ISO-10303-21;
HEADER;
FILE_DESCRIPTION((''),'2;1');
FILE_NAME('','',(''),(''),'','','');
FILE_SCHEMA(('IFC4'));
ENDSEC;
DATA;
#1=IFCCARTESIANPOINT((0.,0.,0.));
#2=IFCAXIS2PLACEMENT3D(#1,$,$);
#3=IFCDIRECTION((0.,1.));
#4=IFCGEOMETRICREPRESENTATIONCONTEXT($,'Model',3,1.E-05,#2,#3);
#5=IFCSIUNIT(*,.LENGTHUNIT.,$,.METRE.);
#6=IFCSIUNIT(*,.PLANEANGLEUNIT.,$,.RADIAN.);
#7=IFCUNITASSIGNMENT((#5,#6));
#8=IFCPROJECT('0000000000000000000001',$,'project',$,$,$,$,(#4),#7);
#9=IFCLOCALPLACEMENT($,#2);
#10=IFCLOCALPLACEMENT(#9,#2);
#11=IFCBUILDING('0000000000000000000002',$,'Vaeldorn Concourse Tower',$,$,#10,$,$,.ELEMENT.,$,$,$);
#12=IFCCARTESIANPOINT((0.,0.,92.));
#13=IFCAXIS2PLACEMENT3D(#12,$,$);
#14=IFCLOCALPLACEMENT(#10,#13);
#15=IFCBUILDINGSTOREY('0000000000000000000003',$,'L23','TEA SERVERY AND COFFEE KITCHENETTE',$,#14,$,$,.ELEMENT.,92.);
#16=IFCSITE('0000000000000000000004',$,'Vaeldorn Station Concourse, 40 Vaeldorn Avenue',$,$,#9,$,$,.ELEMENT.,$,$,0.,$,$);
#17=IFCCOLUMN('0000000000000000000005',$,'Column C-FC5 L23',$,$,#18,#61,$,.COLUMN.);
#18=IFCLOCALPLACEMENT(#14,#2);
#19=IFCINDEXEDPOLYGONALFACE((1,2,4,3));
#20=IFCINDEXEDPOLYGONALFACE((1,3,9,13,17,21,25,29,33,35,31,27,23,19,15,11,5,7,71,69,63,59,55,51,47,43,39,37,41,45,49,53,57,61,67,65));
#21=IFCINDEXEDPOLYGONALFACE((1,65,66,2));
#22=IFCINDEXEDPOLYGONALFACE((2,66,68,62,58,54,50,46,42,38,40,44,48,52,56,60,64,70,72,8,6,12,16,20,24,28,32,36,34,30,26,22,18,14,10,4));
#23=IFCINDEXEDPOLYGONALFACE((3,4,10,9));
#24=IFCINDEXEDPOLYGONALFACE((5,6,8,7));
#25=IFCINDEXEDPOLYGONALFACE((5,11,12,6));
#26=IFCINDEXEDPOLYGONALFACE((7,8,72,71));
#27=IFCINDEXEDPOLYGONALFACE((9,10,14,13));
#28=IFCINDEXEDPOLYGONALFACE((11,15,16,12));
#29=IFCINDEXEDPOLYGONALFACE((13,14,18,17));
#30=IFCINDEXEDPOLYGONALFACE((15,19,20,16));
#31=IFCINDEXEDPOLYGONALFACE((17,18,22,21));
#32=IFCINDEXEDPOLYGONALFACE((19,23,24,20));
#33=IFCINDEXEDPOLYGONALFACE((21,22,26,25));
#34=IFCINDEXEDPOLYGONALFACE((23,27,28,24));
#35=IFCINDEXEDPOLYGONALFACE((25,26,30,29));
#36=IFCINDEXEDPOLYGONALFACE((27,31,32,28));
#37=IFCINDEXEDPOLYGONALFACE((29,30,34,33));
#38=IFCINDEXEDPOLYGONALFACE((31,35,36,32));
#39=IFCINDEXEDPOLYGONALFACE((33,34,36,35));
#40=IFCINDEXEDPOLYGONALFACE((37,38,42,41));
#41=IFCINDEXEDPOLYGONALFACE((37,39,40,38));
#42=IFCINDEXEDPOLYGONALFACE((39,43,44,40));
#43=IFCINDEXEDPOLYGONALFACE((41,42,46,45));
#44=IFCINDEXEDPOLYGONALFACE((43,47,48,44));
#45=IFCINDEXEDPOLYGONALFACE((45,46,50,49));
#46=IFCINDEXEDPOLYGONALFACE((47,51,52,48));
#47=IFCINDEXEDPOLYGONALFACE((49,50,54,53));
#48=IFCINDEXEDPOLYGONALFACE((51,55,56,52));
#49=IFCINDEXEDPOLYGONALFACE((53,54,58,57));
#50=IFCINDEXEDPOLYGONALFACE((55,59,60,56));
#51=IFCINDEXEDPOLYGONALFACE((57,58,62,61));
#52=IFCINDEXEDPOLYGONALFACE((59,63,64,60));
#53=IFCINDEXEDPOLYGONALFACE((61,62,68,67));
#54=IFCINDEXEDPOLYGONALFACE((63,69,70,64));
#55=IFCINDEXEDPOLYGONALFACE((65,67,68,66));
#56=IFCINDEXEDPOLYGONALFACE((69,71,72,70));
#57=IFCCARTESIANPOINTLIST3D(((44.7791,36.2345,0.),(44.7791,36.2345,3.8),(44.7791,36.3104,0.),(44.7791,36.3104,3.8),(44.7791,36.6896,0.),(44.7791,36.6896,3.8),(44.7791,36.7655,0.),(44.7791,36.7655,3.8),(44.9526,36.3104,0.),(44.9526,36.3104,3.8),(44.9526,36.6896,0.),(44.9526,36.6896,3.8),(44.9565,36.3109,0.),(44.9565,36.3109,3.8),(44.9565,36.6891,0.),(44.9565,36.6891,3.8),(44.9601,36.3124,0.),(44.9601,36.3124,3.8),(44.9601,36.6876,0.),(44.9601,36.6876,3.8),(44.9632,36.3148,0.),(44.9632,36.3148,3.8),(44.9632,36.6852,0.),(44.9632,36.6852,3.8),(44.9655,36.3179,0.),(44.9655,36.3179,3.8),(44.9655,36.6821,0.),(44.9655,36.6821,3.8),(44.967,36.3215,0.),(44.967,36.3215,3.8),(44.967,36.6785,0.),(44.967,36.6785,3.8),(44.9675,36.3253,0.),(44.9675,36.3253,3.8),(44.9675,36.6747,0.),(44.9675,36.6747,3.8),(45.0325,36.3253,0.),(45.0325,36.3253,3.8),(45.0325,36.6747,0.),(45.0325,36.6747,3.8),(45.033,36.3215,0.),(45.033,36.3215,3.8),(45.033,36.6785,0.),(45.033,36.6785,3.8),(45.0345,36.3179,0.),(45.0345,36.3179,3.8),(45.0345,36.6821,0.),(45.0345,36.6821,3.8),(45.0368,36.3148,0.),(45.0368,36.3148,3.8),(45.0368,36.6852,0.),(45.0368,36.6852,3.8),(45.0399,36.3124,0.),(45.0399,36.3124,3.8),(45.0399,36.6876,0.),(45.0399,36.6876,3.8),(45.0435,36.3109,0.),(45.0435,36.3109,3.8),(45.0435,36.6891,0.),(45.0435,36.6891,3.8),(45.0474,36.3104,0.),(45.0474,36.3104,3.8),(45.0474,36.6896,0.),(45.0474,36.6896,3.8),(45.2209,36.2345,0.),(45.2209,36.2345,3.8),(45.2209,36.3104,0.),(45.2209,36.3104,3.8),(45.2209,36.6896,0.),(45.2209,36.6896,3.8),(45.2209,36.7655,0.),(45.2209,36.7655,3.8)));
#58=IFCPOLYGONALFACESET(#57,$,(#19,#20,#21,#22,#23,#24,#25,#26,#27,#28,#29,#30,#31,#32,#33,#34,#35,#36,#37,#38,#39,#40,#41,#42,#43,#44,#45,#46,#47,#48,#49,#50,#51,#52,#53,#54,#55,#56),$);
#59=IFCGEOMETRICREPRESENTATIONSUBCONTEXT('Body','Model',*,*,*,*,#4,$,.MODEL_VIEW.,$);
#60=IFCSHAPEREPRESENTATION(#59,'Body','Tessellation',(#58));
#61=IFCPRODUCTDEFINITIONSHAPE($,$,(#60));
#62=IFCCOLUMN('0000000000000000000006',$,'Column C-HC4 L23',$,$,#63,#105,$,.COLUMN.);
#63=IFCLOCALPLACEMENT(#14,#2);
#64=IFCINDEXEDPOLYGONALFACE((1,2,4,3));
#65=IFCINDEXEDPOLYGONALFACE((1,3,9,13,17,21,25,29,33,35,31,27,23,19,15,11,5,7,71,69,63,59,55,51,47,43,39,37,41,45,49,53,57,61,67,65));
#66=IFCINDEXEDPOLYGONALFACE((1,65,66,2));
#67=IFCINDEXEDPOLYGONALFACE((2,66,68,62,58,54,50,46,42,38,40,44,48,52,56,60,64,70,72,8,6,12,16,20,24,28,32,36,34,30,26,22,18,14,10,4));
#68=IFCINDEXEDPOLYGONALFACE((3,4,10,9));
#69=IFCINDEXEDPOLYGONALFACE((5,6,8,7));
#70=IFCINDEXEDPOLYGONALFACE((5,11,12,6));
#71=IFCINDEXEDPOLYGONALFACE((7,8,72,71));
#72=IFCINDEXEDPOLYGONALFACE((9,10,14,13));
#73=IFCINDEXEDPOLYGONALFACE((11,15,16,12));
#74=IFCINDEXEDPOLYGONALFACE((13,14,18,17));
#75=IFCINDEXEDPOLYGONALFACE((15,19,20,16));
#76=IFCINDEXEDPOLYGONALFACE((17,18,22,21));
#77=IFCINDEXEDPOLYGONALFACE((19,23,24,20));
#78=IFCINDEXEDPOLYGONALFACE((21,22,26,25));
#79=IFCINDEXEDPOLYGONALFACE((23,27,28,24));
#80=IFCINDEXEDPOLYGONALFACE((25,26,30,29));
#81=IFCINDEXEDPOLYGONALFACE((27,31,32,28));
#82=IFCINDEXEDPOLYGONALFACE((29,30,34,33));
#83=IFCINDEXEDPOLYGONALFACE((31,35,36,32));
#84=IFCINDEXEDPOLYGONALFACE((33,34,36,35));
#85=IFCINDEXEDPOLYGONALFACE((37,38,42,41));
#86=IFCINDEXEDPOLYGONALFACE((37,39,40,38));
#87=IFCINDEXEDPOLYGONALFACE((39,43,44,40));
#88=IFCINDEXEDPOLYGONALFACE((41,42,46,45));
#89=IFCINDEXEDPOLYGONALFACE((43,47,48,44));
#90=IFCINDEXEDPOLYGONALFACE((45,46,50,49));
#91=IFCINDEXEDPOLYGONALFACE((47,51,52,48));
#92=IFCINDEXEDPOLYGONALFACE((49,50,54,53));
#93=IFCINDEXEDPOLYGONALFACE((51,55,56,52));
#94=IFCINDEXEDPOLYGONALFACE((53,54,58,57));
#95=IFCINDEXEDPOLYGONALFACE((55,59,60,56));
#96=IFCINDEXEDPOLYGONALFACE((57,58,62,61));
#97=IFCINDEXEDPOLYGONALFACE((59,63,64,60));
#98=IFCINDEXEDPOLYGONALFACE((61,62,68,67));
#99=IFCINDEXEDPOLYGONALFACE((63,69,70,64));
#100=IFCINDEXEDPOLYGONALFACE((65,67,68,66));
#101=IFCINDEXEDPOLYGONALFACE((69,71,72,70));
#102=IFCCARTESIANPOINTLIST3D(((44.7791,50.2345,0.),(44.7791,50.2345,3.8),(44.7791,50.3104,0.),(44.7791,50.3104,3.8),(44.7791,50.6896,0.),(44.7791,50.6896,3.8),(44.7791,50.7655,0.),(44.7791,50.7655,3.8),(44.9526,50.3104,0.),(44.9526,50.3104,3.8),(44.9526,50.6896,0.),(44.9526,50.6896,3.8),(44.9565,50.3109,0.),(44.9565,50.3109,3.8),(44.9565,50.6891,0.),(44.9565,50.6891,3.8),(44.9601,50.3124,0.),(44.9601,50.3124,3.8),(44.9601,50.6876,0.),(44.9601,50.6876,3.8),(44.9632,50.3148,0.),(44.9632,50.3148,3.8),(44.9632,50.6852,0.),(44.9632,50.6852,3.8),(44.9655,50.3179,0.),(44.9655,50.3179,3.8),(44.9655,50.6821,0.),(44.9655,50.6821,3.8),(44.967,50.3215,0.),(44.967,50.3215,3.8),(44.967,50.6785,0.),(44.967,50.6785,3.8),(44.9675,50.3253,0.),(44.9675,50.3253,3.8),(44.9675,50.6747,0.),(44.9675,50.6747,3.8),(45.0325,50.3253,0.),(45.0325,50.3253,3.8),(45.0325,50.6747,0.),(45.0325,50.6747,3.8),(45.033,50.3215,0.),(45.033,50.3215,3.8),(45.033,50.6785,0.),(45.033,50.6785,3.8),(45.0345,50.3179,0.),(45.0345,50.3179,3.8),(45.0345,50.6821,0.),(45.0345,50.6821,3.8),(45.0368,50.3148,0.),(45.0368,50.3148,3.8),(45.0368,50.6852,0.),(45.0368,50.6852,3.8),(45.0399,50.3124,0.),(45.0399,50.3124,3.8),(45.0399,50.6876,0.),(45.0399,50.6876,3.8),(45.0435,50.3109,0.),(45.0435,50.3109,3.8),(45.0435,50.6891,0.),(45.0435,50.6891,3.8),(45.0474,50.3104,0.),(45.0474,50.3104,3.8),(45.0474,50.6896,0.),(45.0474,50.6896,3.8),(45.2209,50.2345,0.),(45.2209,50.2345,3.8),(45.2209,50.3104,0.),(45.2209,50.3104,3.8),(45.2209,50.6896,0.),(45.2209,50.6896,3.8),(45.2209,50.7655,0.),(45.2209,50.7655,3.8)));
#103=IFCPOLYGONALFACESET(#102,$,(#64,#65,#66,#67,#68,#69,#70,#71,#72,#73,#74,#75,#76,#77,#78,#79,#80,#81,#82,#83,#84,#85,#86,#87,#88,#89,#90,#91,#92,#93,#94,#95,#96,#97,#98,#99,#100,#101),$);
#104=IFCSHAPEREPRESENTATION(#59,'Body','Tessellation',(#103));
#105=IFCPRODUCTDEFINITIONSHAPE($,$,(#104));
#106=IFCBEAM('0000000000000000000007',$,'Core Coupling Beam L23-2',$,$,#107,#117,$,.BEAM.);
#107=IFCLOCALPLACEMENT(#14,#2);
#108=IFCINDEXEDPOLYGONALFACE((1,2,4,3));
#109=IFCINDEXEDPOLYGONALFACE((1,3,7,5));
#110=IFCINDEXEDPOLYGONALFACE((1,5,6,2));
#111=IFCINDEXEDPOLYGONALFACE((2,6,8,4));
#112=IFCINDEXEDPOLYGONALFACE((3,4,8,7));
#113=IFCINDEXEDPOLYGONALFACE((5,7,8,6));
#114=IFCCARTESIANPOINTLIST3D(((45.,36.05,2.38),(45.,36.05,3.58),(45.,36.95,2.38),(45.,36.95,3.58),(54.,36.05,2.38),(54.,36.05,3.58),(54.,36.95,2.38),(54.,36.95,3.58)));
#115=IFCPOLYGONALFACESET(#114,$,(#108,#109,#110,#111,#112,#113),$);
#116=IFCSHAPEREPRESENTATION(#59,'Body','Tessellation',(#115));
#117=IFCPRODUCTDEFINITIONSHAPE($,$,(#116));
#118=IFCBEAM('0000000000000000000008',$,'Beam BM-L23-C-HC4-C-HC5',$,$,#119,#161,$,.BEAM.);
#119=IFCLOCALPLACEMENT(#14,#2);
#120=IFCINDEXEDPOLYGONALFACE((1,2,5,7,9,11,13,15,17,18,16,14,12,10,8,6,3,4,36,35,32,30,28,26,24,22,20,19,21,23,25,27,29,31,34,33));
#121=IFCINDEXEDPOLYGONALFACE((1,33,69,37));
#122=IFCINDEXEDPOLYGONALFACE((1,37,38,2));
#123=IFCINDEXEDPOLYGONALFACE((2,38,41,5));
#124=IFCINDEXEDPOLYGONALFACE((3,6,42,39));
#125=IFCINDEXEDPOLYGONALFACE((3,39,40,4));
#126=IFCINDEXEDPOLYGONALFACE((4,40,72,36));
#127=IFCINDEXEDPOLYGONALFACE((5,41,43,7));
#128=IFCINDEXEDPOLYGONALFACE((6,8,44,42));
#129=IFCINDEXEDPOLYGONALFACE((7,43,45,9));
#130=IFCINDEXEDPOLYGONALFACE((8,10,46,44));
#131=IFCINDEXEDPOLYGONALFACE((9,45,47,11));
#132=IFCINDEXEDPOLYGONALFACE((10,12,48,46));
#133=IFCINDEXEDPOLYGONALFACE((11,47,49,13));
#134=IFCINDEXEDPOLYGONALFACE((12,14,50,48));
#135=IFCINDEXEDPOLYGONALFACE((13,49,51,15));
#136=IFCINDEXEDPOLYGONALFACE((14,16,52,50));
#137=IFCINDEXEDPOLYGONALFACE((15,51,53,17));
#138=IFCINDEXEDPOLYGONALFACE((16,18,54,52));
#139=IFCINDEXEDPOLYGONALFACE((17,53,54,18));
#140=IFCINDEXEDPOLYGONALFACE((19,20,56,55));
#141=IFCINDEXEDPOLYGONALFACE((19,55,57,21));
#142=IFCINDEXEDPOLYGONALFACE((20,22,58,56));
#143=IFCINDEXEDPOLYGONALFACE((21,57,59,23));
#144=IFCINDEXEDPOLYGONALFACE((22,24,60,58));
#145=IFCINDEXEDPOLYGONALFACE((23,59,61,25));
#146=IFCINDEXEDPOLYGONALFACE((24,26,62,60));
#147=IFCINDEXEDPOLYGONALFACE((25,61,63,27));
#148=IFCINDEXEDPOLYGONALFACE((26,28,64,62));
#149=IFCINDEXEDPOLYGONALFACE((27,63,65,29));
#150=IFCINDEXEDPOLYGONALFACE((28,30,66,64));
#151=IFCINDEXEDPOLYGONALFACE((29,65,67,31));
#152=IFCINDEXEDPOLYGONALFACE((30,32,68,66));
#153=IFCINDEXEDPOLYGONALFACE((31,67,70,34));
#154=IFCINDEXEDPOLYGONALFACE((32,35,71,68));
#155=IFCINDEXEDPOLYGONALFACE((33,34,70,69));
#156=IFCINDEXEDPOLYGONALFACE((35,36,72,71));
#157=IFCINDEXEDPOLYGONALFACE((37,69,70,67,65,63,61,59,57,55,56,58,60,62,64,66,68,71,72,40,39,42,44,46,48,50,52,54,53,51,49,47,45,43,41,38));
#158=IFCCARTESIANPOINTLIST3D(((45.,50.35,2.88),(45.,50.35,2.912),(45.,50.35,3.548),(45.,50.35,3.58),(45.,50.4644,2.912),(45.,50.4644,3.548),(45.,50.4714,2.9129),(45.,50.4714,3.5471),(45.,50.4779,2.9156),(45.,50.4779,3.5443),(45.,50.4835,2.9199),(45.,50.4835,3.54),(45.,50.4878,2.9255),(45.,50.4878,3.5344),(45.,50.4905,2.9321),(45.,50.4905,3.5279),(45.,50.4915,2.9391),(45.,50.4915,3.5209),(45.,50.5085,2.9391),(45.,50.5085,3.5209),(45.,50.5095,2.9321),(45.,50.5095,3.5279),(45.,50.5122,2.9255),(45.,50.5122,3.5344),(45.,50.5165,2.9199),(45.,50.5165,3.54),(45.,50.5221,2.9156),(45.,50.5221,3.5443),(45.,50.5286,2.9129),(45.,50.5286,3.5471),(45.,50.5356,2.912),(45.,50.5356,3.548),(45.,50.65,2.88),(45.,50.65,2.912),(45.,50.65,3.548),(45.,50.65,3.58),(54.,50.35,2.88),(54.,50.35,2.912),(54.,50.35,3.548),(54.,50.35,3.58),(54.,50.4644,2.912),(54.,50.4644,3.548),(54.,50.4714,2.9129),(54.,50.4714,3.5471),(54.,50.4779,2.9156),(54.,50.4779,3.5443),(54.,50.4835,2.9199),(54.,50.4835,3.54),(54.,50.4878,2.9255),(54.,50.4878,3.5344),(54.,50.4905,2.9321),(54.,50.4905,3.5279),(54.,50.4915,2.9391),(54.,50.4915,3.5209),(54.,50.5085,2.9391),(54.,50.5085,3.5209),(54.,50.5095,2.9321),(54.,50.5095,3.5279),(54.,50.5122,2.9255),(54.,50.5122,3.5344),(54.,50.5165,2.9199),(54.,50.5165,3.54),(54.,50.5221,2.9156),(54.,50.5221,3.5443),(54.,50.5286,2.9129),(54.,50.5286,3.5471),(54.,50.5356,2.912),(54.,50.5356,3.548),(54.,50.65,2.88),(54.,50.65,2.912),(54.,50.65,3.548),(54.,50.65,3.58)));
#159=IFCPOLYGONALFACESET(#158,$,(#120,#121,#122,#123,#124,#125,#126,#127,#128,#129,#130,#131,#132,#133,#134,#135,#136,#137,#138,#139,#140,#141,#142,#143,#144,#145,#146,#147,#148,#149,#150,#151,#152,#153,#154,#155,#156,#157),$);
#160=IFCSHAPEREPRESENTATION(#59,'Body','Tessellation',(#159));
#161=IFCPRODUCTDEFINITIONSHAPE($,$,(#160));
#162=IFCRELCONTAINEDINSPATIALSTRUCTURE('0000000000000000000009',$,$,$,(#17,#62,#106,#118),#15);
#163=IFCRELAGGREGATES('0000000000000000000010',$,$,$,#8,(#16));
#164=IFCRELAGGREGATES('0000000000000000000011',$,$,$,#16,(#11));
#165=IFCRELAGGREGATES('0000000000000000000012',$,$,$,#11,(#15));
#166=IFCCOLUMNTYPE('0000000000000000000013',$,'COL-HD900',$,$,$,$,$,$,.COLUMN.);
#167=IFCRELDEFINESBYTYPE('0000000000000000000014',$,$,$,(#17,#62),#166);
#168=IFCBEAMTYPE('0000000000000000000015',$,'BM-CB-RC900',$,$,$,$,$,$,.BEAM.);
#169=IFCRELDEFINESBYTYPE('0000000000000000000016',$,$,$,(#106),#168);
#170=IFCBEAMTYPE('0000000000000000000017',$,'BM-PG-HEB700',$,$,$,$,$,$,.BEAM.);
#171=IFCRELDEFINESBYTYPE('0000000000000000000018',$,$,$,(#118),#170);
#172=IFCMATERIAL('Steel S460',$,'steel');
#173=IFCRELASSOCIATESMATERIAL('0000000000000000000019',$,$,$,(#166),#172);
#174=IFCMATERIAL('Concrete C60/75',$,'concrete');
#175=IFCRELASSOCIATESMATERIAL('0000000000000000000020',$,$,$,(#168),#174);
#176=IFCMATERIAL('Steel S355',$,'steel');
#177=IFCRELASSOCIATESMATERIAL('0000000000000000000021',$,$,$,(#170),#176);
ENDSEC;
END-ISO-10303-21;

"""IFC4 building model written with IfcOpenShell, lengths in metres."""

from ifc_helpers import new_model, si_unit, direction, frame, origin, origin_2d, place, context, subcontext, project, spatial, rectangle, i_section, extrude, source, transform, mapped, material, material_profile, profile_set, type_object, element, save


model = new_model("IFC4")

# Units and contexts
model_context = context("Model", 3, precision=1e-05, world=origin(), true_north=direction((0.0, 1.0)))
body_context = subcontext(model_context, "Body", "Model", "MODEL_VIEW")
ifc_project = project(units=[si_unit("LENGTHUNIT", "METRE"), si_unit("PLANEANGLEUNIT", "RADIAN")], contexts=[model_context])

# Site, building, storey
site_placement = place(None, origin())
site = spatial("IfcSite", under=ifc_project, at=site_placement, Name="Vaeldorn Station Concourse, 40 Vaeldorn Avenue", CompositionType="ELEMENT", RefElevation=0.0)
building_placement = place(site_placement, origin())
building = spatial("IfcBuilding", under=site, at=building_placement, Name="Vaeldorn Concourse Tower", CompositionType="ELEMENT")
storey_placement = place(building_placement, frame((0.0, 0.0, 92.0)))
storey = spatial("IfcBuildingStorey", under=building, at=storey_placement, Name="L23", Description="TEA SERVERY AND COFFEE KITCHENETTE", CompositionType="ELEMENT", Elevation=92.0)

# Columns
ifc_material_1 = material(Name="Steel S460", Category="steel")
ifc_material_profile_1 = material_profile(ifc_material_1, i_section(OverallWidth=0.4419, OverallDepth=0.531, WebThickness=0.0649, FlangeThickness=0.0759, FilletRadius=0.0149, at=origin_2d()), Name="HD 400x900")
ifc_profile_set_1 = profile_set([ifc_material_profile_1], Name="Steel S460")
column_type = type_object("IfcColumnType", Name="COL-HD900", PredefinedType="COLUMN", material=ifc_profile_set_1)
shared_shape_1 = source(origin(), body_context, "Body", "SweptSolid", [
    extrude(i_section(OverallWidth=0.4419, OverallDepth=0.531, WebThickness=0.0649, FlangeThickness=0.0759, FilletRadius=0.0149, at=origin_2d()), origin(), (0.0, 0.0, 1.0), 3.8),
])
for number, where, z_axis, x_axis, name in (
    (1, (45.0, 36.5, 0.0), (0.0, 0.0, 1.0), (1.0, 0.0, 0.0), "Column C-FC5 L23"),
    (2, (45.0, 50.5, 0.0), (0.0, 0.0, 1.0), (1.0, 0.0, 0.0), "Column C-HC4 L23"),
):
    element("IfcColumn", number, at=place(storey_placement, frame(where, z_axis=z_axis, x_axis=x_axis)), inside=storey, type_object=column_type, Name=name, PredefinedType="COLUMN", context=body_context, shape_type="MappedRepresentation", body=[
        mapped(shared_shape_1, transform((0.0, 0.0, 0.0), scale=1.0)),
    ])

# Beams
ifc_material_2 = material(Name="Concrete C60/75", Category="concrete")
ifc_material_profile_2 = material_profile(ifc_material_2, rectangle(XDim=0.8999, YDim=1.2, at=origin_2d()), Name="RC 900x1200")
ifc_profile_set_2 = profile_set([ifc_material_profile_2], Name="Concrete C60/75")
beam_type_1 = type_object("IfcBeamType", Name="BM-CB-RC900", PredefinedType="BEAM", material=ifc_profile_set_2)
shared_shape_2 = source(origin(), body_context, "Body", "SweptSolid", [
    extrude(rectangle(XDim=0.8999, YDim=1.2, at=origin_2d()), origin(), (0.0, 0.0, 1.0), 9.0),
])
beam_1_placement = place(storey_placement, frame((45.0, 36.5, 2.98), z_axis=(1.0, 0.0, 0.0), x_axis=(0.0, 1.0, 0.0)))
element("IfcBeam", 3, at=beam_1_placement, inside=storey, type_object=beam_type_1, Name="Core Coupling Beam L23-2", PredefinedType="BEAM", context=body_context, shape_type="MappedRepresentation", body=[
    mapped(shared_shape_2, transform((0.0, 0.0, 0.0), scale=1.0)),
])
ifc_material_3 = material(Name="Steel S355", Category="steel")
ifc_material_profile_3 = material_profile(ifc_material_3, i_section(OverallWidth=0.3, OverallDepth=0.7, WebThickness=0.0171, FlangeThickness=0.032, FilletRadius=0.0271, at=origin_2d()), Name="HEB 700")
ifc_profile_set_3 = profile_set([ifc_material_profile_3], Name="Steel S355")
beam_type_2 = type_object("IfcBeamType", Name="BM-PG-HEB700", PredefinedType="BEAM", material=ifc_profile_set_3)
shared_shape_3 = source(origin(), body_context, "Body", "SweptSolid", [
    extrude(i_section(OverallWidth=0.3, OverallDepth=0.7, WebThickness=0.0171, FlangeThickness=0.032, FilletRadius=0.0271, at=origin_2d()), origin(), (0.0, 0.0, 1.0), 9.0),
])
beam_2_placement = place(storey_placement, frame((45.0, 50.5, 3.23), z_axis=(1.0, 0.0, 0.0), x_axis=(0.0, 1.0, 0.0)))
element("IfcBeam", 4, at=beam_2_placement, inside=storey, type_object=beam_type_2, Name="Beam BM-L23-C-HC4-C-HC5", PredefinedType="BEAM", context=body_context, shape_type="MappedRepresentation", body=[
    mapped(shared_shape_3, transform((0.0, 0.0, 0.0), scale=1.0)),
])

save(model, "model.ifc")
